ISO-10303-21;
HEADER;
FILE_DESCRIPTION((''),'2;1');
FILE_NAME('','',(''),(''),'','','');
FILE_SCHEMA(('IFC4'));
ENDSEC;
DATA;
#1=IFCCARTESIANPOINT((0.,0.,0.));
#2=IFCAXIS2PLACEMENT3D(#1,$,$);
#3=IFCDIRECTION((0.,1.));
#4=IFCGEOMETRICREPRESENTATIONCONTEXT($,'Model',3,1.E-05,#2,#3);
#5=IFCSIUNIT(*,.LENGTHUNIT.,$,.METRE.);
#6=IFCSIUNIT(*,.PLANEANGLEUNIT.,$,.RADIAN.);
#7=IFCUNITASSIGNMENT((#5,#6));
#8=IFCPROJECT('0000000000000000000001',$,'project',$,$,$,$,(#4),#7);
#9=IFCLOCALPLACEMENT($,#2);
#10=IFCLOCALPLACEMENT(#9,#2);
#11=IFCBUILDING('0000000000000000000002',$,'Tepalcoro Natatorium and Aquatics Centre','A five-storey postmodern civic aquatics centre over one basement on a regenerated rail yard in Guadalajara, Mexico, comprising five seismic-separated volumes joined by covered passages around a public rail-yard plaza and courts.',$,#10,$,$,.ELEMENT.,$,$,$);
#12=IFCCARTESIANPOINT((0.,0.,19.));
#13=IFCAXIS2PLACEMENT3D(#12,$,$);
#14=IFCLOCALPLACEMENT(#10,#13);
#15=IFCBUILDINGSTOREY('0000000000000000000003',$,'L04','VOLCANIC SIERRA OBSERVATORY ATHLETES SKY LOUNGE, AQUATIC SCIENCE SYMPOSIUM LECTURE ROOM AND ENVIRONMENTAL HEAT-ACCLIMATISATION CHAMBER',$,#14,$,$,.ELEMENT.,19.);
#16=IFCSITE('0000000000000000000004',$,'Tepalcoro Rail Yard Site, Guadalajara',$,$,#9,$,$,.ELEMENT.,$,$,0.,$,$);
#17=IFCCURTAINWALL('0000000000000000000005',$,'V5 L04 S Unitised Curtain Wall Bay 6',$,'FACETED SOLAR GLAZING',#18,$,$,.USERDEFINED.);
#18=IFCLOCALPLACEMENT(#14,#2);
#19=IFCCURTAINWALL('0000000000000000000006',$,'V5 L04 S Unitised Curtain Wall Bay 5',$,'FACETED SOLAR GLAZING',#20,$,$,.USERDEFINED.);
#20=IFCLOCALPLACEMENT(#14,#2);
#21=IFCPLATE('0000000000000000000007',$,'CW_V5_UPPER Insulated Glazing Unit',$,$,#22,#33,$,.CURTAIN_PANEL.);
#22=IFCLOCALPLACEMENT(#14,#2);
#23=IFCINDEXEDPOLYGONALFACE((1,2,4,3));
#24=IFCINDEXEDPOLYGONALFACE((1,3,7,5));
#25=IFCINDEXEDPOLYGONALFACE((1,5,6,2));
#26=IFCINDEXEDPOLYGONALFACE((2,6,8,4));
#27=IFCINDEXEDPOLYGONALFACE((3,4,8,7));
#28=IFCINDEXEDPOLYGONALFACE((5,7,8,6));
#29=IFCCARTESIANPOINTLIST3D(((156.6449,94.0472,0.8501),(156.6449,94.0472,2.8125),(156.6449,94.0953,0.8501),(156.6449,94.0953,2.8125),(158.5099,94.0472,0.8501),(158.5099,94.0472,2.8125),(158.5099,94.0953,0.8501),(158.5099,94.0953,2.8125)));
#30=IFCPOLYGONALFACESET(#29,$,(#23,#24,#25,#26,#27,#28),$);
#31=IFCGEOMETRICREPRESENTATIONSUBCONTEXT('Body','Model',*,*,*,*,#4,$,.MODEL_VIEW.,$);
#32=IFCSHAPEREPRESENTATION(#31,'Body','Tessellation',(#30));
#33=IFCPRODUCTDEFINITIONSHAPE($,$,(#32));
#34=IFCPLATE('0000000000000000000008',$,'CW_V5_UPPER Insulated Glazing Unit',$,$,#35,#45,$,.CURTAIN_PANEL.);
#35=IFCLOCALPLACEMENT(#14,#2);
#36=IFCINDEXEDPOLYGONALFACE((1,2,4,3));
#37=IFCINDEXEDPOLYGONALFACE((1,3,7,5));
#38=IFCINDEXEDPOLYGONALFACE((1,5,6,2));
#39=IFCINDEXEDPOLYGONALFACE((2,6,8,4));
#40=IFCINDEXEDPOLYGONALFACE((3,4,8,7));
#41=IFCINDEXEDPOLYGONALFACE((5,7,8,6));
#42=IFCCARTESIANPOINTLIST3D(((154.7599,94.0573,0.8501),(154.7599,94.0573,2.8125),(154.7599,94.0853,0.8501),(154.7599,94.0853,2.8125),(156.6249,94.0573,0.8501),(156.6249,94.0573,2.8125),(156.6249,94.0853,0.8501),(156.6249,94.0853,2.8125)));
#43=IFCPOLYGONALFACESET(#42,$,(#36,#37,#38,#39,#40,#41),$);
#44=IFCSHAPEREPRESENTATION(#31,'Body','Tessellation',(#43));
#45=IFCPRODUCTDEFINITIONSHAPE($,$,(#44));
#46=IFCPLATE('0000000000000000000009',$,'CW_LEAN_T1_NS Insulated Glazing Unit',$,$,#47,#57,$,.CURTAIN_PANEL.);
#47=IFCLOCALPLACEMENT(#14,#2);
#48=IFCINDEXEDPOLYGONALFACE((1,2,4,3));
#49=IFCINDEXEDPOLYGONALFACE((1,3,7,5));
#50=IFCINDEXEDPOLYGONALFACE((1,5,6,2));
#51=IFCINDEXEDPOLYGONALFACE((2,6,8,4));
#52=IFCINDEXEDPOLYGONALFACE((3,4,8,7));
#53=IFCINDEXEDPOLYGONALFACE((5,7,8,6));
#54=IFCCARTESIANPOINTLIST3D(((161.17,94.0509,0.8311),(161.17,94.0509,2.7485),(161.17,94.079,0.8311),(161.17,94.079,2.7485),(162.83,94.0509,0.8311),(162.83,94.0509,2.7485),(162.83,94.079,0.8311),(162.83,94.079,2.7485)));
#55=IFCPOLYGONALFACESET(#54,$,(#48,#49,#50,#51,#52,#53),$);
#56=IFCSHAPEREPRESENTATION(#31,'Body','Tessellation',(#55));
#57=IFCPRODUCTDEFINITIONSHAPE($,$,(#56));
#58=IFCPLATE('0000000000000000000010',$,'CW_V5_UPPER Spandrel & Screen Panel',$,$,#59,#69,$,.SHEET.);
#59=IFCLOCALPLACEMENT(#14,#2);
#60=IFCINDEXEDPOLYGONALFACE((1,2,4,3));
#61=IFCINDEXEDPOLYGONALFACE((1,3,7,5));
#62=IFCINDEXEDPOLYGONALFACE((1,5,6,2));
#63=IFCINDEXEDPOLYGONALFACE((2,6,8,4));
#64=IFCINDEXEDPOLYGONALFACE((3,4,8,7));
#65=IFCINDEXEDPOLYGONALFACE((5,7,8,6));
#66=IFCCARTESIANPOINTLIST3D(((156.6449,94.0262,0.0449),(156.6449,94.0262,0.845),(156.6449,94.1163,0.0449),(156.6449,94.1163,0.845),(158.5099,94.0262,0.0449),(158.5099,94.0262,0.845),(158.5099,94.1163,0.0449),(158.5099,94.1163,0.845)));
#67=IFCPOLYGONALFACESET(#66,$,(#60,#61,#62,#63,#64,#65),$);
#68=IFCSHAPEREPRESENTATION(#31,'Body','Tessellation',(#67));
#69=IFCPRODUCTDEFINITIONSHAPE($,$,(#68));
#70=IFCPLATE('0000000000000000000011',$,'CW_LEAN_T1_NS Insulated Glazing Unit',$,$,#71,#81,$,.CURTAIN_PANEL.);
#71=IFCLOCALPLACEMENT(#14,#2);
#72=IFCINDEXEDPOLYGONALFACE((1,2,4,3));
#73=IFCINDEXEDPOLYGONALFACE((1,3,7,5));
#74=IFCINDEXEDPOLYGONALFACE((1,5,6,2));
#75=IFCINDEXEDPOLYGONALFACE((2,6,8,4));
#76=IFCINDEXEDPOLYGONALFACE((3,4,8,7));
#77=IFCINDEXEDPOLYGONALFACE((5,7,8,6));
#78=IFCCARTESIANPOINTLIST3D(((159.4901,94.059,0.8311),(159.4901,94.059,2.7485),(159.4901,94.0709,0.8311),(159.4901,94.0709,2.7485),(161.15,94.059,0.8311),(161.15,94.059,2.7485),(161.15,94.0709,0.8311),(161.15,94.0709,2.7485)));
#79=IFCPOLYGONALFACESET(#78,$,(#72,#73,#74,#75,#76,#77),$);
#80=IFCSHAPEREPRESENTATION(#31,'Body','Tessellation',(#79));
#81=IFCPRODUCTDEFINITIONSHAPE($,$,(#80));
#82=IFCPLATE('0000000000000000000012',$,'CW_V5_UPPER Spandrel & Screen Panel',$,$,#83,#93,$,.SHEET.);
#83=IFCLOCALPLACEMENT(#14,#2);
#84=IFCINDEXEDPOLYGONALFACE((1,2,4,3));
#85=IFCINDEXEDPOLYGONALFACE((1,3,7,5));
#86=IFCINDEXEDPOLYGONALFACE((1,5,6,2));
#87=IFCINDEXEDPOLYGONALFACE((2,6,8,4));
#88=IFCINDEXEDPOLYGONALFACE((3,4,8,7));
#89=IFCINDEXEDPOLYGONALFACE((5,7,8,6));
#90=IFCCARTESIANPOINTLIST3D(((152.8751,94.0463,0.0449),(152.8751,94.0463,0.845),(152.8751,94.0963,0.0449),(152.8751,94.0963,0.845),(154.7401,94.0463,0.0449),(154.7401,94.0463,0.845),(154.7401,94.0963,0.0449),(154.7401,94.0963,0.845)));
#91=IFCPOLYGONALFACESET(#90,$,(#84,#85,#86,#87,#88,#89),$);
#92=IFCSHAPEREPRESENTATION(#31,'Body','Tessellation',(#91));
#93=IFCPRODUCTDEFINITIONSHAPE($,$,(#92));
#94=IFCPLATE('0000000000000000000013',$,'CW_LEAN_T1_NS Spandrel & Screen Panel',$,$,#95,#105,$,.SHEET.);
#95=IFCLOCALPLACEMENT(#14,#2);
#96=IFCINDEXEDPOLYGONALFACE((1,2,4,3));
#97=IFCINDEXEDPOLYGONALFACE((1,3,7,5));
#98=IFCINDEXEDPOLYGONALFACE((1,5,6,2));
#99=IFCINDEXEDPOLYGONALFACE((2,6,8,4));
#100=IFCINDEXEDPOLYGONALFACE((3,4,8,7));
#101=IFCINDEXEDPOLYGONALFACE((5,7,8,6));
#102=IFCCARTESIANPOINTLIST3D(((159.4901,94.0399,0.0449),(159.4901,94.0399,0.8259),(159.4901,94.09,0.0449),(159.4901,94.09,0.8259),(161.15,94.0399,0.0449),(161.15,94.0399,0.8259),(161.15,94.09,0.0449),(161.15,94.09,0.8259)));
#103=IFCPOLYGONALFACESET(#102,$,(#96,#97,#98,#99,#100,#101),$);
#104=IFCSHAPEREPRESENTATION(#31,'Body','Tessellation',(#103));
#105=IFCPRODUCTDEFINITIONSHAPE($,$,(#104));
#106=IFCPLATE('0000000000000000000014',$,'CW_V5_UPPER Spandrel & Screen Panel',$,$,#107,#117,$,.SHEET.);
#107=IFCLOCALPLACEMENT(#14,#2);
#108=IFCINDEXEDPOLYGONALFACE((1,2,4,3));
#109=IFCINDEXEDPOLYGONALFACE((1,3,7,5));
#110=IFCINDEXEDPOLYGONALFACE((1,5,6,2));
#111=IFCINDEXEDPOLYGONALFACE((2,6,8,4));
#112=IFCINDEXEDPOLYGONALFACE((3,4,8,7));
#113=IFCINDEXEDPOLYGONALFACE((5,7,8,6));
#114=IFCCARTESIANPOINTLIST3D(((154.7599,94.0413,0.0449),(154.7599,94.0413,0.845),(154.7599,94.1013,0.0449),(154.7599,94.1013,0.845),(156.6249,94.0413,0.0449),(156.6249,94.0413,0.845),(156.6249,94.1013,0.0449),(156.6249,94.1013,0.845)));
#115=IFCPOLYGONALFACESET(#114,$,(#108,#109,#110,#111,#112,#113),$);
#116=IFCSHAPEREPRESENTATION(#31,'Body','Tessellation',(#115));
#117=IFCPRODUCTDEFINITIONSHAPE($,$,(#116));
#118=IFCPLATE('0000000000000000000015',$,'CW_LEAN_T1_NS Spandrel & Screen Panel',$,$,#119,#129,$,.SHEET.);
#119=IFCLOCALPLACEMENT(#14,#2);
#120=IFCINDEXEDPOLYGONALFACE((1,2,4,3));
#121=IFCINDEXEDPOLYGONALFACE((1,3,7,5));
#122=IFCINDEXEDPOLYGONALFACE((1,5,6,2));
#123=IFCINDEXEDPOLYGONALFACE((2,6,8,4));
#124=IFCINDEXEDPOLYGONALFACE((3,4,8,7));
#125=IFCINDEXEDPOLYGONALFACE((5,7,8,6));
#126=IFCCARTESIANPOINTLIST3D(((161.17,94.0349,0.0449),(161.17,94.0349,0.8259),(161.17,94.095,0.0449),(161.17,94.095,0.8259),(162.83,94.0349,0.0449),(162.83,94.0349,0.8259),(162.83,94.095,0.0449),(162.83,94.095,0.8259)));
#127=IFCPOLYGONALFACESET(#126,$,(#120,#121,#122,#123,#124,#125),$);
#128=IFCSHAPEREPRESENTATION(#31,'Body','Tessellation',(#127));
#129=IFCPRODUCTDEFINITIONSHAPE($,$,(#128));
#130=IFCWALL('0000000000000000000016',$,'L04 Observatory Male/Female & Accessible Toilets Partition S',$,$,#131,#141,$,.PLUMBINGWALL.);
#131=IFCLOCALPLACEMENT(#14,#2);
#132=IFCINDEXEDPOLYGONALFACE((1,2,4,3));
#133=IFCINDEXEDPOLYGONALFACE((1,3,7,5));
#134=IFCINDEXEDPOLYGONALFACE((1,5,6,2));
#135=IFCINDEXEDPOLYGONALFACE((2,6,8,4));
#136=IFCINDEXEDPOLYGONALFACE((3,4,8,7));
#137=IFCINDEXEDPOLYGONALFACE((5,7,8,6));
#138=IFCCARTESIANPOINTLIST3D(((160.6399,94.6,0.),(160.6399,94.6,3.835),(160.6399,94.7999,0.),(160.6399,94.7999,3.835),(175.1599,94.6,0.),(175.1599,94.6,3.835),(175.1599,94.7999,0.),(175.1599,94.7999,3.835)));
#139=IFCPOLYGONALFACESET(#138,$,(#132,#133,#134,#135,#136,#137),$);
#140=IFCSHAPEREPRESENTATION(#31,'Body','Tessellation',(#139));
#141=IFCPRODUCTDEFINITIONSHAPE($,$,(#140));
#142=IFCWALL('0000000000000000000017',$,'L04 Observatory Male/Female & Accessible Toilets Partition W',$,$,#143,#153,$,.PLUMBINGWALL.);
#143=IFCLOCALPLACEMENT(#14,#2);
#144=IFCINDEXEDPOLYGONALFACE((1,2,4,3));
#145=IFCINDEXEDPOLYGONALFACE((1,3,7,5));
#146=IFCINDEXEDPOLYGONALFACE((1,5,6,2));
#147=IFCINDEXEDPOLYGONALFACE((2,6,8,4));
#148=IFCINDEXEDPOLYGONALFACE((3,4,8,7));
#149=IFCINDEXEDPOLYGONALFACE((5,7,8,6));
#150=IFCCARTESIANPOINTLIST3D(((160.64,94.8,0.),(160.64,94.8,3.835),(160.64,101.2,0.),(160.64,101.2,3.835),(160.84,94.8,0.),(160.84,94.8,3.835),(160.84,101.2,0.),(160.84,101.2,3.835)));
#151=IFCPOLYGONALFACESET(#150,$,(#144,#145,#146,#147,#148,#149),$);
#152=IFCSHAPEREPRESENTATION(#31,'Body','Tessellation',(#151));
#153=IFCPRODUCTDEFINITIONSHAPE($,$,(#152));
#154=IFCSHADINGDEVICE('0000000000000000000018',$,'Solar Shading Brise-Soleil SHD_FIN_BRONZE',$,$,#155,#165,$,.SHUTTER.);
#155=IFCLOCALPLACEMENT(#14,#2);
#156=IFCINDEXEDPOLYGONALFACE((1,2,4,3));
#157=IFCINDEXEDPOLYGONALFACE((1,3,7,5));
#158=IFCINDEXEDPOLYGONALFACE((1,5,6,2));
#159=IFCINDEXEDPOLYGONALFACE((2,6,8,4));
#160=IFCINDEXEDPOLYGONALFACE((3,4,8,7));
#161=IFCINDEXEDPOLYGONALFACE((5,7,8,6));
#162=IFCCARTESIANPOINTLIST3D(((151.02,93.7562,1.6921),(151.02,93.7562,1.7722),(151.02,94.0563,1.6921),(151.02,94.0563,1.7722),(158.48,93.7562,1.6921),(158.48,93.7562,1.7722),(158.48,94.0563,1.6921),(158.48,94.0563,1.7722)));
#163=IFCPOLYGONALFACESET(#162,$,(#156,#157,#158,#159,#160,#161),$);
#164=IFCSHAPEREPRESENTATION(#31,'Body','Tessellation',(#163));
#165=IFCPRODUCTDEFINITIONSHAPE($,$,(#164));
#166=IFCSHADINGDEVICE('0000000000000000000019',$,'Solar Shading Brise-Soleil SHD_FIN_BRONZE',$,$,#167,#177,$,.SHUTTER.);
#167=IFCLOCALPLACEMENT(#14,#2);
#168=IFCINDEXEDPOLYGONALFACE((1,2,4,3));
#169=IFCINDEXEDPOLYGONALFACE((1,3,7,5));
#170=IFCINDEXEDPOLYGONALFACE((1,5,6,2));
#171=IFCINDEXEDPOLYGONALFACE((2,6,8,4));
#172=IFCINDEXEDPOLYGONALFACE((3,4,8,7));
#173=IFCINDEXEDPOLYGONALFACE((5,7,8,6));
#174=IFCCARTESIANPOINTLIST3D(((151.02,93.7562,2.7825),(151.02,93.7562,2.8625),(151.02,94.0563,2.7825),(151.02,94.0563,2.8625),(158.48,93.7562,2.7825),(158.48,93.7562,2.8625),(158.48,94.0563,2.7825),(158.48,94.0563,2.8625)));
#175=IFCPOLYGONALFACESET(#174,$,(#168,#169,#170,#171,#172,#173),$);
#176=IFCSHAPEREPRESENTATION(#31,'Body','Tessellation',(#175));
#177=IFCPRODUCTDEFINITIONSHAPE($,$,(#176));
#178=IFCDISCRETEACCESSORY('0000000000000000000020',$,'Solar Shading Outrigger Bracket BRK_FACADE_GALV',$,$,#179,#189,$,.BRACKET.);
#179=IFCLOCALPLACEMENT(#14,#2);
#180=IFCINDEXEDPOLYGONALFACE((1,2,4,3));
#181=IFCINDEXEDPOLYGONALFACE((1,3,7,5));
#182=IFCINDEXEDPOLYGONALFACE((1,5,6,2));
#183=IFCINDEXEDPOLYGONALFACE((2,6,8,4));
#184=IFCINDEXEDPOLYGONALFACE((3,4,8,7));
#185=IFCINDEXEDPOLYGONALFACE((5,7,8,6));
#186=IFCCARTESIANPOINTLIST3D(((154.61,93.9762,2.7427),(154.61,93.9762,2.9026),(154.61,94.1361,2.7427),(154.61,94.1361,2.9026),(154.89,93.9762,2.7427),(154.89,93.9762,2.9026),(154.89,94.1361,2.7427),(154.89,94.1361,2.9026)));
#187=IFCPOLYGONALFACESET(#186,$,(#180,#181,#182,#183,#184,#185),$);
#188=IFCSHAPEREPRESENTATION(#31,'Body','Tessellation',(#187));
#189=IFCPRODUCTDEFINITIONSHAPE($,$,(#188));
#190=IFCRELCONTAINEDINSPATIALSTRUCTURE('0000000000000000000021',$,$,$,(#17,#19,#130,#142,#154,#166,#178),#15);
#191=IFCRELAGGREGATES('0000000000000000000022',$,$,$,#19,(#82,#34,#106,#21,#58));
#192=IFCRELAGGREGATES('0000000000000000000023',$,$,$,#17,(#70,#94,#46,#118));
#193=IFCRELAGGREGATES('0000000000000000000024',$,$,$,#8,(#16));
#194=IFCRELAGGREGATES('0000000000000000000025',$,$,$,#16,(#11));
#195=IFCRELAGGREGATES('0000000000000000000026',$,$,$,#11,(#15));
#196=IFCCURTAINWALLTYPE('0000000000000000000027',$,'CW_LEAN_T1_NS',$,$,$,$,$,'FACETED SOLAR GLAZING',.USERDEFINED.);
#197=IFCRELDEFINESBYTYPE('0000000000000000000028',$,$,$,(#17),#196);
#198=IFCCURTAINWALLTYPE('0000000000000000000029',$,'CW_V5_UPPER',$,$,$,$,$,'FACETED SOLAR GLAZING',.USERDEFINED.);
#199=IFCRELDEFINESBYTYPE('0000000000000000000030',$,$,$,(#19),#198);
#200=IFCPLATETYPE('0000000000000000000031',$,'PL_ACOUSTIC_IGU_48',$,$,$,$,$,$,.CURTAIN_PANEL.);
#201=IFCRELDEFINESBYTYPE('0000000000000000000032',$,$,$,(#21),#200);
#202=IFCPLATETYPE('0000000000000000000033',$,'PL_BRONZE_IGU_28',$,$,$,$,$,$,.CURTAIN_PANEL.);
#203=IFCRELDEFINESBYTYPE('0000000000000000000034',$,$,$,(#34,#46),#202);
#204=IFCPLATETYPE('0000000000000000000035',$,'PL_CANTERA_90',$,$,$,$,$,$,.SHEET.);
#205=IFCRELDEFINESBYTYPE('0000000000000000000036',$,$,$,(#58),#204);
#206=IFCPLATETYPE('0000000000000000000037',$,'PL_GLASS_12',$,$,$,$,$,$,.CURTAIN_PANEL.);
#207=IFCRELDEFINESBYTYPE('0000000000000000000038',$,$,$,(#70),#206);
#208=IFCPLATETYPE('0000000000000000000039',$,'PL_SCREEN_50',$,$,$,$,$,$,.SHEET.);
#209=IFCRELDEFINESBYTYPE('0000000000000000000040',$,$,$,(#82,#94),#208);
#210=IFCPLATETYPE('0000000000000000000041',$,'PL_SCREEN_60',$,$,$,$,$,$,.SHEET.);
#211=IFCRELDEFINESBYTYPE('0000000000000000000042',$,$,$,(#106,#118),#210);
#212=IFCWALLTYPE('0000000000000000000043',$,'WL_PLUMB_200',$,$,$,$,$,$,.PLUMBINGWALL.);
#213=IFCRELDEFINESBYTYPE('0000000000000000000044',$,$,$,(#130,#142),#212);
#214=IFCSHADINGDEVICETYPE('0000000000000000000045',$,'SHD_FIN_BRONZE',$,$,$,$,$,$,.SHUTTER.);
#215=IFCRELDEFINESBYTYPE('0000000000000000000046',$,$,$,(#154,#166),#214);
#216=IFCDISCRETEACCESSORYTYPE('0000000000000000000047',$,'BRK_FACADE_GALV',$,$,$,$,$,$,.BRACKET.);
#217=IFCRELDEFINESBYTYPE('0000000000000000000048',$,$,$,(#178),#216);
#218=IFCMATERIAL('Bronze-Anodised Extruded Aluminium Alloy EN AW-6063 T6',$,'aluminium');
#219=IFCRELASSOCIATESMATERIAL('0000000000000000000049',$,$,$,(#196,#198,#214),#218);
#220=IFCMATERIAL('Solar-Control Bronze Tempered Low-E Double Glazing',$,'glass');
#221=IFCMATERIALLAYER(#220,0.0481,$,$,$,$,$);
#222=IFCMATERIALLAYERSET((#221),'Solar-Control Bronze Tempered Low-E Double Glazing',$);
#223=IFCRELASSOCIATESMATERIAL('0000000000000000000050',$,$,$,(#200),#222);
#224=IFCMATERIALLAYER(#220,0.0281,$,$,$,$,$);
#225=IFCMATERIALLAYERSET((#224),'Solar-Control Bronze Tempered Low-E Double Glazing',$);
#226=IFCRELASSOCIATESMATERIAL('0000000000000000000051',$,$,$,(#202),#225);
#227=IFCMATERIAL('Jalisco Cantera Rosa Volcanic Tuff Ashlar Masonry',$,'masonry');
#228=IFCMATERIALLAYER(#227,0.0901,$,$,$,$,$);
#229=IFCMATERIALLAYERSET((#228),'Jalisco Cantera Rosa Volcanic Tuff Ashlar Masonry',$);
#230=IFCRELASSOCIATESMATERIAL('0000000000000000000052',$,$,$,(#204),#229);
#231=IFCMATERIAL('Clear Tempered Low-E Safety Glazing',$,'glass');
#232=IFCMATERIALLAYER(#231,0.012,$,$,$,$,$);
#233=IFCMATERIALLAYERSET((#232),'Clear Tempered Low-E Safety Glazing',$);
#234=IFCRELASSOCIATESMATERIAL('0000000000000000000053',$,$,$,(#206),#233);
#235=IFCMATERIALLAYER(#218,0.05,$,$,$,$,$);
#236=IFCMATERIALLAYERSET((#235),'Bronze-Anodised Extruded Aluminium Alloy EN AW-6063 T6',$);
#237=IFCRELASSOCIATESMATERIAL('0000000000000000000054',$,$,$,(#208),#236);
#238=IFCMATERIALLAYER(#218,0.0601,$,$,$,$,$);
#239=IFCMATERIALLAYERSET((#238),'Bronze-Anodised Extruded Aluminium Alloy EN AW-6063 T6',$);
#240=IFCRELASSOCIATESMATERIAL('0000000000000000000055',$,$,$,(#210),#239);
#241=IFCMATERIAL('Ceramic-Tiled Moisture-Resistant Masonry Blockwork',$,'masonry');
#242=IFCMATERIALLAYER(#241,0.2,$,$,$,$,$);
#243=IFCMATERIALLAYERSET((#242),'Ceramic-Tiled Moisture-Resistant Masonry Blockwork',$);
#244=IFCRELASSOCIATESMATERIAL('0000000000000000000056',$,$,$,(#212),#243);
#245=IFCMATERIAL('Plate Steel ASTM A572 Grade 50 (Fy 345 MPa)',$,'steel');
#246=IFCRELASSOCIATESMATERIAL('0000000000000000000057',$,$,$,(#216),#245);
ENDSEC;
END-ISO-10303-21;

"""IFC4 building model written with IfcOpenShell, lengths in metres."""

from ifc_helpers import new_model, si_unit, direction, frame, frame_2d, origin, origin_2d, place, context, subcontext, project, spatial, rectangle, extrude, material, layer, layer_set, type_object, element, aggregate, save


model = new_model("IFC4")

# Units and contexts
model_context = context("Model", 3, precision=1e-05, world=origin(), true_north=direction((0.0, 1.0)))
body_context = subcontext(model_context, "Body", "Model", "MODEL_VIEW")
ifc_project = project(units=[si_unit("LENGTHUNIT", "METRE"), si_unit("PLANEANGLEUNIT", "RADIAN")], contexts=[model_context])

# Site, building, storey
site_placement = place(None, origin())
site = spatial("IfcSite", under=ifc_project, at=site_placement, Name="Tepalcoro Rail Yard Site, Guadalajara", CompositionType="ELEMENT", RefElevation=0.0)
building_placement = place(site_placement, origin())
building = spatial("IfcBuilding", under=site, at=building_placement, Name="Tepalcoro Natatorium and Aquatics Centre", Description="A five-storey postmodern civic aquatics centre over one basement on a regenerated rail yard in Guadalajara, Mexico, comprising five seismic-separated volumes joined by covered passages around a public rail-yard plaza and courts.", CompositionType="ELEMENT")
storey_placement = place(building_placement, frame((0.0, 0.0, 19.0)))
storey = spatial("IfcBuildingStorey", under=building, at=storey_placement, Name="L04", Description="VOLCANIC SIERRA OBSERVATORY ATHLETES SKY LOUNGE, AQUATIC SCIENCE SYMPOSIUM LECTURE ROOM AND ENVIRONMENTAL HEAT-ACCLIMATISATION CHAMBER", CompositionType="ELEMENT", Elevation=19.0)

# Curtain walls
ifc_material_1 = material(Name="Bronze-Anodised Extruded Aluminium Alloy EN AW-6063 T6", Category="aluminium")
curtain_wall_type_1 = type_object("IfcCurtainWallType", Name="CW_LEAN_T1_NS", ElementType="FACETED SOLAR GLAZING", PredefinedType="USERDEFINED", material=ifc_material_1)
curtain_wall_1_placement = place(storey_placement, origin())
curtain_wall_1 = element("IfcCurtainWall", 1, at=curtain_wall_1_placement, inside=storey, type_object=curtain_wall_type_1, Name="V5 L04 S Unitised Curtain Wall Bay 6", ObjectType="FACETED SOLAR GLAZING", PredefinedType="USERDEFINED")
curtain_wall_type_2 = type_object("IfcCurtainWallType", Name="CW_V5_UPPER", ElementType="FACETED SOLAR GLAZING", PredefinedType="USERDEFINED", material=ifc_material_1)
curtain_wall_2_placement = place(storey_placement, origin())
curtain_wall_2 = element("IfcCurtainWall", 2, at=curtain_wall_2_placement, inside=storey, type_object=curtain_wall_type_2, Name="V5 L04 S Unitised Curtain Wall Bay 5", ObjectType="FACETED SOLAR GLAZING", PredefinedType="USERDEFINED")

# Plates
ifc_material_2 = material(Name="Solar-Control Bronze Tempered Low-E Double Glazing", Category="glass")
ifc_layer_1 = layer(ifc_material_2, 0.0481)
ifc_layer_set_1 = layer_set([ifc_layer_1], Name="Solar-Control Bronze Tempered Low-E Double Glazing")
plate_type_1 = type_object("IfcPlateType", Name="PL_ACOUSTIC_IGU_48", PredefinedType="CURTAIN_PANEL", material=ifc_layer_set_1)
plate_1_placement = place(storey_placement, frame((157.5774, 94.0713, 0.8501), z_axis=(0.0, 0.0, 1.0), x_axis=(1.0, 0.0, 0.0)))
plate_1 = element("IfcPlate", 3, at=plate_1_placement, type_object=plate_type_1, Name="CW_V5_UPPER Insulated Glazing Unit", PredefinedType="CURTAIN_PANEL", context=body_context, shape_type="SweptSolid", body=[
    extrude(rectangle(XDim=1.865, YDim=0.0481, at=origin_2d()), origin(), (0.0, 0.0, 1.0), 1.9624),
])
ifc_layer_2 = layer(ifc_material_2, 0.0281)
ifc_layer_set_2 = layer_set([ifc_layer_2], Name="Solar-Control Bronze Tempered Low-E Double Glazing")
plate_type_2 = type_object("IfcPlateType", Name="PL_BRONZE_IGU_28", PredefinedType="CURTAIN_PANEL", material=ifc_layer_set_2)
plate_2_placement = place(storey_placement, frame((155.6924, 94.0713, 0.8501), z_axis=(0.0, 0.0, 1.0), x_axis=(1.0, 0.0, 0.0)))
plate_2 = element("IfcPlate", 4, at=plate_2_placement, type_object=plate_type_2, Name="CW_V5_UPPER Insulated Glazing Unit", PredefinedType="CURTAIN_PANEL", context=body_context, shape_type="SweptSolid", body=[
    extrude(rectangle(XDim=1.865, YDim=0.0281, at=origin_2d()), origin(), (0.0, 0.0, 1.0), 1.9624),
])
plate_3_placement = place(storey_placement, frame((162.0, 94.0649, 0.8311), z_axis=(0.0, 0.0, 1.0), x_axis=(1.0, 0.0, 0.0)))
plate_3 = element("IfcPlate", 5, at=plate_3_placement, type_object=plate_type_2, Name="CW_LEAN_T1_NS Insulated Glazing Unit", PredefinedType="CURTAIN_PANEL", context=body_context, shape_type="SweptSolid", body=[
    extrude(rectangle(XDim=1.6599, YDim=0.0281, at=origin_2d()), origin(), (0.0, 0.0, 1.0), 1.9175),
])
ifc_material_3 = material(Name="Jalisco Cantera Rosa Volcanic Tuff Ashlar Masonry", Category="masonry")
ifc_layer_3 = layer(ifc_material_3, 0.0901)
ifc_layer_set_3 = layer_set([ifc_layer_3], Name="Jalisco Cantera Rosa Volcanic Tuff Ashlar Masonry")
plate_type_3 = type_object("IfcPlateType", Name="PL_CANTERA_90", PredefinedType="SHEET", material=ifc_layer_set_3)
plate_4_placement = place(storey_placement, frame((157.5774, 94.0713, 0.0449), z_axis=(0.0, 0.0, 1.0), x_axis=(1.0, 0.0, 0.0)))
plate_4 = element("IfcPlate", 6, at=plate_4_placement, type_object=plate_type_3, Name="CW_V5_UPPER Spandrel & Screen Panel", PredefinedType="SHEET", context=body_context, shape_type="SweptSolid", body=[
    extrude(rectangle(XDim=1.865, YDim=0.0901, at=origin_2d()), origin(), (0.0, 0.0, 1.0), 0.8),
])
ifc_material_4 = material(Name="Clear Tempered Low-E Safety Glazing", Category="glass")
ifc_layer_4 = layer(ifc_material_4, 0.012)
ifc_layer_set_4 = layer_set([ifc_layer_4], Name="Clear Tempered Low-E Safety Glazing")
plate_type_4 = type_object("IfcPlateType", Name="PL_GLASS_12", PredefinedType="CURTAIN_PANEL", material=ifc_layer_set_4)
plate_5_placement = place(storey_placement, frame((160.3201, 94.0649, 0.8311), z_axis=(0.0, 0.0, 1.0), x_axis=(1.0, 0.0, 0.0)))
plate_5 = element("IfcPlate", 7, at=plate_5_placement, type_object=plate_type_4, Name="CW_LEAN_T1_NS Insulated Glazing Unit", PredefinedType="CURTAIN_PANEL", context=body_context, shape_type="SweptSolid", body=[
    extrude(rectangle(XDim=1.6599, YDim=0.012, at=origin_2d()), origin(), (0.0, 0.0, 1.0), 1.9175),
])
ifc_layer_5 = layer(ifc_material_1, 0.05)
ifc_layer_set_5 = layer_set([ifc_layer_5], Name="Bronze-Anodised Extruded Aluminium Alloy EN AW-6063 T6")
plate_type_5 = type_object("IfcPlateType", Name="PL_SCREEN_50", PredefinedType="SHEET", material=ifc_layer_set_5)
plate_6_placement = place(storey_placement, frame((153.8076, 94.0713, 0.0449), z_axis=(0.0, 0.0, 1.0), x_axis=(1.0, 0.0, 0.0)))
plate_6 = element("IfcPlate", 8, at=plate_6_placement, type_object=plate_type_5, Name="CW_V5_UPPER Spandrel & Screen Panel", PredefinedType="SHEET", context=body_context, shape_type="SweptSolid", body=[
    extrude(rectangle(XDim=1.865, YDim=0.05, at=origin_2d()), origin(), (0.0, 0.0, 1.0), 0.8),
])
plate_7_placement = place(storey_placement, frame((160.3201, 94.0649, 0.0449), z_axis=(0.0, 0.0, 1.0), x_axis=(1.0, 0.0, 0.0)))
plate_7 = element("IfcPlate", 9, at=plate_7_placement, type_object=plate_type_5, Name="CW_LEAN_T1_NS Spandrel & Screen Panel", PredefinedType="SHEET", context=body_context, shape_type="SweptSolid", body=[
    extrude(rectangle(XDim=1.6599, YDim=0.05, at=origin_2d()), origin(), (0.0, 0.0, 1.0), 0.781),
])
ifc_layer_6 = layer(ifc_material_1, 0.0601)
ifc_layer_set_6 = layer_set([ifc_layer_6], Name="Bronze-Anodised Extruded Aluminium Alloy EN AW-6063 T6")
plate_type_6 = type_object("IfcPlateType", Name="PL_SCREEN_60", PredefinedType="SHEET", material=ifc_layer_set_6)
plate_8_placement = place(storey_placement, frame((155.6924, 94.0713, 0.0449), z_axis=(0.0, 0.0, 1.0), x_axis=(1.0, 0.0, 0.0)))
plate_8 = element("IfcPlate", 10, at=plate_8_placement, type_object=plate_type_6, Name="CW_V5_UPPER Spandrel & Screen Panel", PredefinedType="SHEET", context=body_context, shape_type="SweptSolid", body=[
    extrude(rectangle(XDim=1.865, YDim=0.0601, at=origin_2d()), origin(), (0.0, 0.0, 1.0), 0.8),
])
aggregate(curtain_wall_2, [plate_6, plate_2, plate_8, plate_1, plate_4])
plate_9_placement = place(storey_placement, frame((162.0, 94.0649, 0.0449), z_axis=(0.0, 0.0, 1.0), x_axis=(1.0, 0.0, 0.0)))
plate_9 = element("IfcPlate", 11, at=plate_9_placement, type_object=plate_type_6, Name="CW_LEAN_T1_NS Spandrel & Screen Panel", PredefinedType="SHEET", context=body_context, shape_type="SweptSolid", body=[
    extrude(rectangle(XDim=1.6599, YDim=0.0601, at=origin_2d()), origin(), (0.0, 0.0, 1.0), 0.781),
])
aggregate(curtain_wall_1, [plate_5, plate_7, plate_3, plate_9])

# Walls
ifc_material_5 = material(Name="Ceramic-Tiled Moisture-Resistant Masonry Blockwork", Category="masonry")
ifc_layer_7 = layer(ifc_material_5, 0.2)
ifc_layer_set_7 = layer_set([ifc_layer_7], Name="Ceramic-Tiled Moisture-Resistant Masonry Blockwork")
wall_type = type_object("IfcWallType", Name="WL_PLUMB_200", PredefinedType="PLUMBINGWALL", material=ifc_layer_set_7)
wall_1_placement = place(storey_placement, frame((160.6399, 94.7, 0.0), z_axis=(0.0, 0.0, 1.0), x_axis=(1.0, 0.0, 0.0)))
element("IfcWall", 12, at=wall_1_placement, inside=storey, type_object=wall_type, Name="L04 Observatory Male/Female & Accessible Toilets Partition S", PredefinedType="PLUMBINGWALL", context=body_context, shape_type="SweptSolid", body=[
    extrude(rectangle(XDim=14.52, YDim=0.2, at=frame_2d((7.26, 0.0))), origin(), (0.0, 0.0, 1.0), 3.835),
])
wall_2_placement = place(storey_placement, frame((160.74, 94.8, 0.0), z_axis=(0.0, 0.0, 1.0), x_axis=(0.0, 1.0, 0.0)))
element("IfcWall", 13, at=wall_2_placement, inside=storey, type_object=wall_type, Name="L04 Observatory Male/Female & Accessible Toilets Partition W", PredefinedType="PLUMBINGWALL", context=body_context, shape_type="SweptSolid", body=[
    extrude(rectangle(XDim=6.3999, YDim=0.2, at=frame_2d((3.2, 0.0))), origin(), (0.0, 0.0, 1.0), 3.835),
])

# Shading devices
shading_device_type = type_object("IfcShadingDeviceType", Name="SHD_FIN_BRONZE", PredefinedType="SHUTTER", material=ifc_material_1)
for number, where, z_axis, x_axis, name in (
    (14, (154.75, 93.9062, 1.6921), (0.0, 0.0, 1.0), (1.0, 0.0, 0.0), "Solar Shading Brise-Soleil SHD_FIN_BRONZE"),
    (15, (154.75, 93.9062, 2.7825), (0.0, 0.0, 1.0), (1.0, 0.0, 0.0), "Solar Shading Brise-Soleil SHD_FIN_BRONZE"),
):
    element("IfcShadingDevice", number, at=place(storey_placement, frame(where, z_axis=z_axis, x_axis=x_axis)), inside=storey, type_object=shading_device_type, Name=name, PredefinedType="SHUTTER", context=body_context, shape_type="SweptSolid", body=[
        extrude(rectangle(XDim=7.46, YDim=0.3, at=origin_2d()), origin(), (0.0, 0.0, 1.0), 0.0801),
    ])

# Discrete accessory
ifc_material_6 = material(Name="Plate Steel ASTM A572 Grade 50 (Fy 345 MPa)", Category="steel")
discrete_accessory_type = type_object("IfcDiscreteAccessoryType", Name="BRK_FACADE_GALV", PredefinedType="BRACKET", material=ifc_material_6)
discrete_accessory_placement = place(storey_placement, frame((154.75, 94.0562, 2.7427), z_axis=(0.0, 0.0, 1.0), x_axis=(1.0, 0.0, 0.0)))
element("IfcDiscreteAccessory", 16, at=discrete_accessory_placement, inside=storey, type_object=discrete_accessory_type, Name="Solar Shading Outrigger Bracket BRK_FACADE_GALV", PredefinedType="BRACKET", context=body_context, shape_type="SweptSolid", body=[
    extrude(rectangle(XDim=0.28, YDim=0.1599, at=origin_2d()), origin(), (0.0, 0.0, 1.0), 0.1599),
])

save(model, "model.ifc")
